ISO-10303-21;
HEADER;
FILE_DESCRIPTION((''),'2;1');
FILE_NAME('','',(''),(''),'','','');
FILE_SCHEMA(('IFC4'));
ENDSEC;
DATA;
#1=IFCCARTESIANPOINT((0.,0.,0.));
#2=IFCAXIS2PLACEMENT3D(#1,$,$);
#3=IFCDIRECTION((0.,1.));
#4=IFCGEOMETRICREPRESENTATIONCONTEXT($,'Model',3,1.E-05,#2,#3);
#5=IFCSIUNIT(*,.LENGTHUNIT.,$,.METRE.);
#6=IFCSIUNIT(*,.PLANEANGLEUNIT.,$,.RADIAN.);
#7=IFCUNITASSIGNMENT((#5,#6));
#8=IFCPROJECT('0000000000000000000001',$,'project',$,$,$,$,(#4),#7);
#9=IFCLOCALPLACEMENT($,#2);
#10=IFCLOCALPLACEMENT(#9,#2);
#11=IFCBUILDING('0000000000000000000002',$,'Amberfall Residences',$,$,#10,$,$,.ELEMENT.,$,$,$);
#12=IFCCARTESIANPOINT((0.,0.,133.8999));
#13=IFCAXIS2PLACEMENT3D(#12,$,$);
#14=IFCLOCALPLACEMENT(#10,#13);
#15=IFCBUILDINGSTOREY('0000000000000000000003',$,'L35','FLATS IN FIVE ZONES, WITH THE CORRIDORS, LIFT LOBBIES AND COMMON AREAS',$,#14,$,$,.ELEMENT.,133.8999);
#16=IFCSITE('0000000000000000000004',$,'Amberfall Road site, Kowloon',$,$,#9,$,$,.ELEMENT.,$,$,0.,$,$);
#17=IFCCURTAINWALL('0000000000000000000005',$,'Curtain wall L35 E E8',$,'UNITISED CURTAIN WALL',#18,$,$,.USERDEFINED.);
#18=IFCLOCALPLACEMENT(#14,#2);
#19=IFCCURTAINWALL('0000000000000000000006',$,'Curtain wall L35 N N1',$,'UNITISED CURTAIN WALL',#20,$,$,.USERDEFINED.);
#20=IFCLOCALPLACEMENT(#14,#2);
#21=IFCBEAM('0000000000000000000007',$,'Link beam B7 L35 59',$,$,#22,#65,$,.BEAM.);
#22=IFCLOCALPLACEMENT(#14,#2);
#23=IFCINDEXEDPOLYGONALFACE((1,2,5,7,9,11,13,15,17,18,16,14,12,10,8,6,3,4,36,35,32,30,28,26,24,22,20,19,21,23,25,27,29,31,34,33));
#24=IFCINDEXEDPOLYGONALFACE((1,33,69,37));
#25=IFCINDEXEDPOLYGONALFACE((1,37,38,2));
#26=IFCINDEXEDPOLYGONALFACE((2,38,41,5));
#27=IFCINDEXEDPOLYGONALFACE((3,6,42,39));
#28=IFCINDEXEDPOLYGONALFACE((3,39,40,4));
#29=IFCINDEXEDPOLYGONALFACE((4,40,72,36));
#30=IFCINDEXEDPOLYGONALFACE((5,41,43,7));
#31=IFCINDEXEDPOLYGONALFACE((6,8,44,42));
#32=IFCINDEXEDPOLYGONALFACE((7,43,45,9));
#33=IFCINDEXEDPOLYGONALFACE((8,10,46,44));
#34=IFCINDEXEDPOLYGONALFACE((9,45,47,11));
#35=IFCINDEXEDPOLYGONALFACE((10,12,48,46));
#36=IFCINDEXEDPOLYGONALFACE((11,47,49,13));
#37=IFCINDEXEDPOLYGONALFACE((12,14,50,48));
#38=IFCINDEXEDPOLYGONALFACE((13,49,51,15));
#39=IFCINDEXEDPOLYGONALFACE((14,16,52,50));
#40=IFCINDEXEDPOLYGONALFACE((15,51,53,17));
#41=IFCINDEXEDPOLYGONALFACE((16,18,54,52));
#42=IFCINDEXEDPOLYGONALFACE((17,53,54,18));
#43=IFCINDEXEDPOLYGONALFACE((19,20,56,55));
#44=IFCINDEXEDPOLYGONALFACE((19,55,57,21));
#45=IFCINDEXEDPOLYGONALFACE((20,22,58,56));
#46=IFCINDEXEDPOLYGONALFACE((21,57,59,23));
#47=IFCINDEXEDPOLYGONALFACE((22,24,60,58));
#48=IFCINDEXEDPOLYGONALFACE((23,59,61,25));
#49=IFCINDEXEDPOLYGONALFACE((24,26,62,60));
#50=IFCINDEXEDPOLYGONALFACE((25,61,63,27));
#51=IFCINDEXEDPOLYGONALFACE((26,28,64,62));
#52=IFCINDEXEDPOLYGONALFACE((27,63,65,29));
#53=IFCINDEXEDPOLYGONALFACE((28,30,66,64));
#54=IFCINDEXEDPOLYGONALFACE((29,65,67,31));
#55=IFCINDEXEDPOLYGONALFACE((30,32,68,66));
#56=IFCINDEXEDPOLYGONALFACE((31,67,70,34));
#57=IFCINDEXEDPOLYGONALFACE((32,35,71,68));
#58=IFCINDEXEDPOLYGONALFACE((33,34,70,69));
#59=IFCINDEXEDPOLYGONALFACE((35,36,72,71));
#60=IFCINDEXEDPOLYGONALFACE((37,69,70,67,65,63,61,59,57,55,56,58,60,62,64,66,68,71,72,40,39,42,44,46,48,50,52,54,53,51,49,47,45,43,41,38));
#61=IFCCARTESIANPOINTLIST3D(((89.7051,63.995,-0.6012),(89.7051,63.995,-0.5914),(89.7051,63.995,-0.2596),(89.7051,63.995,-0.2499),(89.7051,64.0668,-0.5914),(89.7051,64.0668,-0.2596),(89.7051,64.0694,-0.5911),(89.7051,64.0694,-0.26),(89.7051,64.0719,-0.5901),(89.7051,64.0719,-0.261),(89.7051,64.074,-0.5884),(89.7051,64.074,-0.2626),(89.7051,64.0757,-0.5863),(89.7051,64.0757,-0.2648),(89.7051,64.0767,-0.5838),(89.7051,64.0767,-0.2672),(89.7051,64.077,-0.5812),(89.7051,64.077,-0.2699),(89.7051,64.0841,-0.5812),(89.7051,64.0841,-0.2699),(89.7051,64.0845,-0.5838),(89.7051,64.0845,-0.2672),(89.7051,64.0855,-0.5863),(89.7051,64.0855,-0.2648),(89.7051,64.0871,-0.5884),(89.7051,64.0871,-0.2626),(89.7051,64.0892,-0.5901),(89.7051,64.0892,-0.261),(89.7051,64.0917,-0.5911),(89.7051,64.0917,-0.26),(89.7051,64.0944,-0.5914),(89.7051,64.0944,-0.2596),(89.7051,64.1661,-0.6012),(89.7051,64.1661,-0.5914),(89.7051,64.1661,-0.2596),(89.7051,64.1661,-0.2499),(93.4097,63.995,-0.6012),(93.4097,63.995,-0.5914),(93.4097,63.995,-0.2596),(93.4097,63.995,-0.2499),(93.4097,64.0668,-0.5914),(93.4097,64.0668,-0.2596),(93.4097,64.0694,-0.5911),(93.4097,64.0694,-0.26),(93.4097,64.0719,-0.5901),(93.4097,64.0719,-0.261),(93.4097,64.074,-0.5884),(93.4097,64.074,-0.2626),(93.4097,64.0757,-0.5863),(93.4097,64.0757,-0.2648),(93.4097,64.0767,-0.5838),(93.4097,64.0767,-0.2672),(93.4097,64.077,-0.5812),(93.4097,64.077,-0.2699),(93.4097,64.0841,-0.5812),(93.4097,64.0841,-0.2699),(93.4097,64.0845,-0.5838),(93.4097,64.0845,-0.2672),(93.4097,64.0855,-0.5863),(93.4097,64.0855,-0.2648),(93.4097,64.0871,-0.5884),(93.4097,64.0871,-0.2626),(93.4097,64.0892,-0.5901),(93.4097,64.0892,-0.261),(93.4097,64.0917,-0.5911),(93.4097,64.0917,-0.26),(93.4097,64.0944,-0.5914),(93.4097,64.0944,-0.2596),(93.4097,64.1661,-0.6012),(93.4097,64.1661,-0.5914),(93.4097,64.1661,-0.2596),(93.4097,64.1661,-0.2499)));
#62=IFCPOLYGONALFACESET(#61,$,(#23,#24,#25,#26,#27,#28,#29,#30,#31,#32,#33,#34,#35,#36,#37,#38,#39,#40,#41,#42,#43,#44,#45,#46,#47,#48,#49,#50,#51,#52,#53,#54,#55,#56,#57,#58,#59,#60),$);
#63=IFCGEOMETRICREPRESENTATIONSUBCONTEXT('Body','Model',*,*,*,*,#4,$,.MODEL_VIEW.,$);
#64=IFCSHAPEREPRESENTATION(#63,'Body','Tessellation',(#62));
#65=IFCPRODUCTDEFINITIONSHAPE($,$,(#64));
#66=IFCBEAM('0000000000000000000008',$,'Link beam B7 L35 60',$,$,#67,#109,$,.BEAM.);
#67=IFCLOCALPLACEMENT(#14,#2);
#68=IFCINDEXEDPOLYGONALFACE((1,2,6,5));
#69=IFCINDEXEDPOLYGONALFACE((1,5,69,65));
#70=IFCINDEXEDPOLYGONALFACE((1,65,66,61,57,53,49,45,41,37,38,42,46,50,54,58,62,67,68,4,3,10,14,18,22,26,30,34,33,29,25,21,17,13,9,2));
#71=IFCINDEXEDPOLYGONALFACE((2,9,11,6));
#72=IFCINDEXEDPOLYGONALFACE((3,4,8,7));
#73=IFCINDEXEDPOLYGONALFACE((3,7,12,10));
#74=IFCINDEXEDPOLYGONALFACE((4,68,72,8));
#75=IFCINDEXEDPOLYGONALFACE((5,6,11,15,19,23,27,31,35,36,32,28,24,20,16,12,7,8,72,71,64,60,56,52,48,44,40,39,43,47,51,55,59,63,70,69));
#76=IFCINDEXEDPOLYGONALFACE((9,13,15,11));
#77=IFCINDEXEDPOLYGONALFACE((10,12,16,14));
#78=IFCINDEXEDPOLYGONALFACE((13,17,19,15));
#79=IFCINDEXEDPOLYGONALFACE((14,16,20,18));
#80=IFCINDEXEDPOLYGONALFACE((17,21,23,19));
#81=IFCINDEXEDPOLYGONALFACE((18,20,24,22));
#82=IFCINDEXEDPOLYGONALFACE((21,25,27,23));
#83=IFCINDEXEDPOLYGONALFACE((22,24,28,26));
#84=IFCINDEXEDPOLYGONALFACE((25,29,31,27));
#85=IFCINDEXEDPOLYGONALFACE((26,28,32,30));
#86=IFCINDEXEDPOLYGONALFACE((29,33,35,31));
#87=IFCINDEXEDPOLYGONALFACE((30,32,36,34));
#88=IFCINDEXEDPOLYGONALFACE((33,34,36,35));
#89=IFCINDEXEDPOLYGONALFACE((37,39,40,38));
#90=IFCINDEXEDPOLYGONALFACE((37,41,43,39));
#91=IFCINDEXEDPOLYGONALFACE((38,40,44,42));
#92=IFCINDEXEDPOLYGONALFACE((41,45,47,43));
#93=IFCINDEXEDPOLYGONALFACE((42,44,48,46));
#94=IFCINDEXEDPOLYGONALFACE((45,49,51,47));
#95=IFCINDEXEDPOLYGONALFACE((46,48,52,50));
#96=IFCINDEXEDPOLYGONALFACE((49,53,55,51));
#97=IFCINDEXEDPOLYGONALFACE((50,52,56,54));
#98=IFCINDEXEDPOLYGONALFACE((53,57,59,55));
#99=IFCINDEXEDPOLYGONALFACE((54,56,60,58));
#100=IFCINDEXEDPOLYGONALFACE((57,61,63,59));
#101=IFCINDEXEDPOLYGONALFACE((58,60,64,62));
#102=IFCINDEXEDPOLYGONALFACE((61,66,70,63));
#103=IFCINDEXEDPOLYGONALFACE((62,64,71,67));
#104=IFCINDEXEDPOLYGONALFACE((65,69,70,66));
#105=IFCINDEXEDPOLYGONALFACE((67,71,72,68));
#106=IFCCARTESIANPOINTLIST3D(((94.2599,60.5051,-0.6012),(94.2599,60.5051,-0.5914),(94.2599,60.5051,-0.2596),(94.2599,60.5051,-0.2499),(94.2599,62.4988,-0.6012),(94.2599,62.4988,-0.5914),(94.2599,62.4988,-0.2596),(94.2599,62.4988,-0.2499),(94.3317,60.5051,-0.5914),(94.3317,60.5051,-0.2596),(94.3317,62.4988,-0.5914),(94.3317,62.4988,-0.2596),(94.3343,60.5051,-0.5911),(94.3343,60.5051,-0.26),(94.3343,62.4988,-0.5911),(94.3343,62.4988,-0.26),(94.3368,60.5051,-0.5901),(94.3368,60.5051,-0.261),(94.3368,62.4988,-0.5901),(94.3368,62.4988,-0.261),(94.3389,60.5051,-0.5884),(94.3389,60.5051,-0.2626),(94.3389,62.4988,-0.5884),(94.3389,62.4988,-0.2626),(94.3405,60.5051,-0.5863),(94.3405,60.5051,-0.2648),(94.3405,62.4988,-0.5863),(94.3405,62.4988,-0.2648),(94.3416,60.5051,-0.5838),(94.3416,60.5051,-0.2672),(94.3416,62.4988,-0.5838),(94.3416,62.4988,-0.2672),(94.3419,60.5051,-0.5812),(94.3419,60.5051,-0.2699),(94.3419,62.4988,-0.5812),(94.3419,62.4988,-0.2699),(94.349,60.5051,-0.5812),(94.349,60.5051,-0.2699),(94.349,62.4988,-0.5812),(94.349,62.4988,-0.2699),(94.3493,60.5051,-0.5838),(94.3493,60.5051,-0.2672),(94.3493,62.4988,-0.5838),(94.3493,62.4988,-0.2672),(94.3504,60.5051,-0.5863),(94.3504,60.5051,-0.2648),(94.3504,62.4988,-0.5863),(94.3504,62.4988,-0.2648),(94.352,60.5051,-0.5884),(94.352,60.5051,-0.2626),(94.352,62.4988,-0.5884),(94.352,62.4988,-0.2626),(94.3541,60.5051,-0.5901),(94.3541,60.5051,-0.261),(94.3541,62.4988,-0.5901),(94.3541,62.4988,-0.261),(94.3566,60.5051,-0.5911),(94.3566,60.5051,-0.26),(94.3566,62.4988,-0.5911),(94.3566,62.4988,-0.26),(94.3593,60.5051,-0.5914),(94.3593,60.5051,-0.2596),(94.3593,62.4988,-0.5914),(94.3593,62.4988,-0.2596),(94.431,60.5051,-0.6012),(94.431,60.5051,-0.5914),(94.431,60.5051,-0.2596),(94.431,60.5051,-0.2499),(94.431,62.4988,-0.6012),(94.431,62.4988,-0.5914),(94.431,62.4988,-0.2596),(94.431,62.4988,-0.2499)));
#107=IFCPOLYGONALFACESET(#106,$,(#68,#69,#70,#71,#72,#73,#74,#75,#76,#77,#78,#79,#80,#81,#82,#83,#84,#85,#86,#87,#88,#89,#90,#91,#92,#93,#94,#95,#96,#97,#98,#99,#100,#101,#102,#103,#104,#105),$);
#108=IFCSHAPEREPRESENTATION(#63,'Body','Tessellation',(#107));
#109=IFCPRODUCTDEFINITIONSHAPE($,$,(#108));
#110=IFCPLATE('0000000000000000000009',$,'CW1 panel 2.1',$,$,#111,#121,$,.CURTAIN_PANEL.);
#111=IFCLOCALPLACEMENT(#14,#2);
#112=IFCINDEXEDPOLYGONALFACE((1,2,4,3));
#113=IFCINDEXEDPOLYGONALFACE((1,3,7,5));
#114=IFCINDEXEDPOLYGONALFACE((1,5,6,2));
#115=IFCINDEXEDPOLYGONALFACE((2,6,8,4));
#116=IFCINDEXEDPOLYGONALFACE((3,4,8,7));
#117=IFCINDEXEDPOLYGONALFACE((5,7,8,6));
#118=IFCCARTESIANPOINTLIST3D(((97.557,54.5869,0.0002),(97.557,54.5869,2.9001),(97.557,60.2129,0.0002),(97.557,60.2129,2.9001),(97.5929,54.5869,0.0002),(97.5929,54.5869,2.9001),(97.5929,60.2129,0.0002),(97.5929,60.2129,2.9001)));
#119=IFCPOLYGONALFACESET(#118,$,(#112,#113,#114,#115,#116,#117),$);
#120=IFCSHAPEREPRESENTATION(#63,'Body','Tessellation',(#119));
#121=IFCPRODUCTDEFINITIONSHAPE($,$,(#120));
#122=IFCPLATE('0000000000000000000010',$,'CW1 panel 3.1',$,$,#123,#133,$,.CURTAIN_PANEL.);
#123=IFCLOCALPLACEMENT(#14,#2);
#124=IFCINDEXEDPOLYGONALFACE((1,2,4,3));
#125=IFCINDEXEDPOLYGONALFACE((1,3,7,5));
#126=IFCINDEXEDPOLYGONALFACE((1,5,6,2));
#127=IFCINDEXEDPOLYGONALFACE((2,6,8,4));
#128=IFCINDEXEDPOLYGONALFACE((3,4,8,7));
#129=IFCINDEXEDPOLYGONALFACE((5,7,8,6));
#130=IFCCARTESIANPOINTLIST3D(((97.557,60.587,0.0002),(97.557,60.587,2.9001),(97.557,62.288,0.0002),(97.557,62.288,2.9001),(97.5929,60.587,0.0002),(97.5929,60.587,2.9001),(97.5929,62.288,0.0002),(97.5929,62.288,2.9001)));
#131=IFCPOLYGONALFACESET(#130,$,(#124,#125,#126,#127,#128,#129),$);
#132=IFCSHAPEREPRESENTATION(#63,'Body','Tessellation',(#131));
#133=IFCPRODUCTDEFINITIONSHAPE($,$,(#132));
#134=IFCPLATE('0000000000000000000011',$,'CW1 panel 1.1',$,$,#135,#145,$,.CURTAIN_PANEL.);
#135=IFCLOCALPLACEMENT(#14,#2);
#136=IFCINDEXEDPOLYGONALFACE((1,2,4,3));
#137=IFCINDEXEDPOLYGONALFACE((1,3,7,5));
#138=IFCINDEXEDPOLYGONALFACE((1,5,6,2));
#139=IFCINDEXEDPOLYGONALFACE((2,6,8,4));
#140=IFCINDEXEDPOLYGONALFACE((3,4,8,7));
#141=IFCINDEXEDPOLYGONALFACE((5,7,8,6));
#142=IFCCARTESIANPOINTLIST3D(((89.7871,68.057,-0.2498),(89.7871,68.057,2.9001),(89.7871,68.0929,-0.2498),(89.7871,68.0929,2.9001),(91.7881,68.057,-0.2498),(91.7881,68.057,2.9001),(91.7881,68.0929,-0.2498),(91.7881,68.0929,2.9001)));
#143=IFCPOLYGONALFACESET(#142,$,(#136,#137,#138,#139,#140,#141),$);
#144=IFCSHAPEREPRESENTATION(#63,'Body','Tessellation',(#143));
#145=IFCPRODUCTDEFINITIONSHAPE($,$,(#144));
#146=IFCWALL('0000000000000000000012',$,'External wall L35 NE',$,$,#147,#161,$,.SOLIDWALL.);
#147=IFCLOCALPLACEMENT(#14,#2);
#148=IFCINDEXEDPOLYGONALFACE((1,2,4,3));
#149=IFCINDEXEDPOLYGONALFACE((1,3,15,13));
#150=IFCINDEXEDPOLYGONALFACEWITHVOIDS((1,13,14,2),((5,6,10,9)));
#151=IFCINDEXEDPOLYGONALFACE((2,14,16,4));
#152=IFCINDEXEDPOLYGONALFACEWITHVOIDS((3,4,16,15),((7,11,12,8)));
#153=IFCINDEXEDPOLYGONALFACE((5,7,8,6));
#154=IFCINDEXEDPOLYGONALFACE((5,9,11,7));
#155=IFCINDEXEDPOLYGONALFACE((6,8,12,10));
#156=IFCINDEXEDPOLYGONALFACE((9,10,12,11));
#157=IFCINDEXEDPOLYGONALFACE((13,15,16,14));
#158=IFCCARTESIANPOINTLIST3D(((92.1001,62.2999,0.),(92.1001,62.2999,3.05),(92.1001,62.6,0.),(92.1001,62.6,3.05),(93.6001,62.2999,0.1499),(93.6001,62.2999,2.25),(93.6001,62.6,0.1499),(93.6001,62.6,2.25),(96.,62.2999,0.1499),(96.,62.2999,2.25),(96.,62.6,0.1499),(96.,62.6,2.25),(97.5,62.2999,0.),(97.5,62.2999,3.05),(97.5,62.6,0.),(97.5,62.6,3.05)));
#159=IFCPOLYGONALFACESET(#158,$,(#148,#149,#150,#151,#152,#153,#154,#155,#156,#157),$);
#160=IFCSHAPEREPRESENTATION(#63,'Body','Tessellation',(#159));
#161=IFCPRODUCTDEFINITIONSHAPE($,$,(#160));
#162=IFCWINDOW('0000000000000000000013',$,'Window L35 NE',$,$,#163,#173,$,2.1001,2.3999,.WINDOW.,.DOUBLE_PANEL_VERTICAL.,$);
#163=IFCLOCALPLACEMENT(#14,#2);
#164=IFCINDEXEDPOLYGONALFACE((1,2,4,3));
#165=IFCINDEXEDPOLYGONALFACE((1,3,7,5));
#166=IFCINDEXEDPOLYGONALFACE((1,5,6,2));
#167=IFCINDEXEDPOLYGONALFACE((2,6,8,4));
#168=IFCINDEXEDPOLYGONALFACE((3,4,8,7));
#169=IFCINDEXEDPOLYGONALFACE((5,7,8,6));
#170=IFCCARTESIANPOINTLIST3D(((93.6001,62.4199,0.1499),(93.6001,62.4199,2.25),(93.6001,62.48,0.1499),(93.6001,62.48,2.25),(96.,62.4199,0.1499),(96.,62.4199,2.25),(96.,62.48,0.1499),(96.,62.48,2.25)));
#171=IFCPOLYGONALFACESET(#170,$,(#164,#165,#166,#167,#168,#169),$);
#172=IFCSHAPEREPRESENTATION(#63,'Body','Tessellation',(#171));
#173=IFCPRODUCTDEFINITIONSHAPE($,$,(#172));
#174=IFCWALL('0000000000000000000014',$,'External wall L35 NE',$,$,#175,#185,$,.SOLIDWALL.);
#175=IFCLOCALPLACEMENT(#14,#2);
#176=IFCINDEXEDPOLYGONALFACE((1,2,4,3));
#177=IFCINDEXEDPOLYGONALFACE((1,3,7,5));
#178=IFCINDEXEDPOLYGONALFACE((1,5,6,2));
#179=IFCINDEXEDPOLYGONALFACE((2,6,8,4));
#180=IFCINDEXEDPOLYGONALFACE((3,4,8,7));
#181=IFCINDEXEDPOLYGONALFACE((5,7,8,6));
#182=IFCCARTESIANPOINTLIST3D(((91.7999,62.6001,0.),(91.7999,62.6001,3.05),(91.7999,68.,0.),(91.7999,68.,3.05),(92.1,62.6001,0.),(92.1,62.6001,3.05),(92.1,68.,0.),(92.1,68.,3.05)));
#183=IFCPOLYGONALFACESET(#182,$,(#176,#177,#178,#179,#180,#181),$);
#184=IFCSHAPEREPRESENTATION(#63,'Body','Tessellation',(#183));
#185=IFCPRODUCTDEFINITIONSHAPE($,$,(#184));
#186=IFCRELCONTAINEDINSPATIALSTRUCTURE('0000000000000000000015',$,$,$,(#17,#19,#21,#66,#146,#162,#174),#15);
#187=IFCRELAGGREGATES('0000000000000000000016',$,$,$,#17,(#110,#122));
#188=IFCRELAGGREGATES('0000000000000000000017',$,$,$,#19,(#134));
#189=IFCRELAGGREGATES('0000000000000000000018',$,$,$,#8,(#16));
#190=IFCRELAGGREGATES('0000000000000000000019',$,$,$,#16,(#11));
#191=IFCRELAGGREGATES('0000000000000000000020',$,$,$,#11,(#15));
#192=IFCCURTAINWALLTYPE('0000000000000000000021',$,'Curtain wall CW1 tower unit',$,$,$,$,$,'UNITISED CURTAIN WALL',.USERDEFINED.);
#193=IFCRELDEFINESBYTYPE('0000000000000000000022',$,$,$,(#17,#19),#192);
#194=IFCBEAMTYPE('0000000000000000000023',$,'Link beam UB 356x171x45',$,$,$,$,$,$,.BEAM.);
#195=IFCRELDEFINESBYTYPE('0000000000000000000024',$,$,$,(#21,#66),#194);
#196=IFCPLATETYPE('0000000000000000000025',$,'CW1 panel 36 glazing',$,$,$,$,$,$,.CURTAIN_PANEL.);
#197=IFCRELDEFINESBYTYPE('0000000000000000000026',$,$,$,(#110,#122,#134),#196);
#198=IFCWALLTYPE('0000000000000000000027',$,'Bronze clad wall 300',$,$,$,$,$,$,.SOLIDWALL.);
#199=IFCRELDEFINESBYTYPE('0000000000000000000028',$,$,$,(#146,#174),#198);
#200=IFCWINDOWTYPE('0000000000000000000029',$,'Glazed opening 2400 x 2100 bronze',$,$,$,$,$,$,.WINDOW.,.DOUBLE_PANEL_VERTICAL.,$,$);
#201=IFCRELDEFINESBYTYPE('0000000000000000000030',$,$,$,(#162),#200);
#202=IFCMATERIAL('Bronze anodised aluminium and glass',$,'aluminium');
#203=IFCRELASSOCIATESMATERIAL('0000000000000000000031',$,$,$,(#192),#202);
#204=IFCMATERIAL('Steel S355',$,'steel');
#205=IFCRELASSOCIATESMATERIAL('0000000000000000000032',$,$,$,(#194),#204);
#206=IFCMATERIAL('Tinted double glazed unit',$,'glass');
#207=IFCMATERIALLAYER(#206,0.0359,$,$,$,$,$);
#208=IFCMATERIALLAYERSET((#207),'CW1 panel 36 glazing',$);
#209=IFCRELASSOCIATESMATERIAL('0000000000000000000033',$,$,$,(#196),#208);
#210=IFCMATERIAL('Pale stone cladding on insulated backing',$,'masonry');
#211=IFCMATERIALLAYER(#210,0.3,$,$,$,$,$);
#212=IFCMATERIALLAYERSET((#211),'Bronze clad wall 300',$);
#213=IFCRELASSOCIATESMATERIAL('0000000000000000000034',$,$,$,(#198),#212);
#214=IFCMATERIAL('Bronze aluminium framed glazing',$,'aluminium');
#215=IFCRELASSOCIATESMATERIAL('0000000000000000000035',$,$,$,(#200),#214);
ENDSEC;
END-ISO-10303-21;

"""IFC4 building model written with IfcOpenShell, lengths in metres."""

from ifc_helpers import new_model, si_unit, direction, frame, frame_2d, origin, origin_2d, place, context, subcontext, project, spatial, rectangle, i_section, extrude, material, layer, layer_set, material_profile, profile_set, type_object, element, fill, aggregate, save


model = new_model("IFC4")

# Units and contexts
model_context = context("Model", 3, precision=1e-05, world=origin(), true_north=direction((0.0, 1.0)))
body_context = subcontext(model_context, "Body", "Model", "MODEL_VIEW")
ifc_project = project(units=[si_unit("LENGTHUNIT", "METRE"), si_unit("PLANEANGLEUNIT", "RADIAN")], contexts=[model_context])

# Site, building, storey
site_placement = place(None, origin())
site = spatial("IfcSite", under=ifc_project, at=site_placement, Name="Amberfall Road site, Kowloon", CompositionType="ELEMENT", RefElevation=0.0)
building_placement = place(site_placement, origin())
building = spatial("IfcBuilding", under=site, at=building_placement, Name="Amberfall Residences", CompositionType="ELEMENT")
storey_placement = place(building_placement, frame((0.0, 0.0, 133.8999)))
storey = spatial("IfcBuildingStorey", under=building, at=storey_placement, Name="L35", Description="FLATS IN FIVE ZONES, WITH THE CORRIDORS, LIFT LOBBIES AND COMMON AREAS", CompositionType="ELEMENT", Elevation=133.8999)

# Shared definitions
ifc_material_1 = material(Name="Steel S355", Category="steel")

# Curtain walls
ifc_material_2 = material(Name="Bronze anodised aluminium and glass", Category="aluminium")
curtain_wall_type = type_object("IfcCurtainWallType", Name="Curtain wall CW1 tower unit", ElementType="UNITISED CURTAIN WALL", PredefinedType="USERDEFINED", material=ifc_material_2)
curtain_wall_1_placement = place(storey_placement, origin())
curtain_wall_1 = element("IfcCurtainWall", 1, at=curtain_wall_1_placement, inside=storey, type_object=curtain_wall_type, Name="Curtain wall L35 E E8", ObjectType="UNITISED CURTAIN WALL", PredefinedType="USERDEFINED")
curtain_wall_2_placement = place(storey_placement, origin())
curtain_wall_2 = element("IfcCurtainWall", 2, at=curtain_wall_2_placement, inside=storey, type_object=curtain_wall_type, Name="Curtain wall L35 N N1", ObjectType="UNITISED CURTAIN WALL", PredefinedType="USERDEFINED")

# Beams
ifc_material_profile_1 = material_profile(ifc_material_1, i_section(OverallWidth=0.1711, OverallDepth=0.3513, WebThickness=0.0071, FlangeThickness=0.0098, FilletRadius=0.0103, at=origin_2d()), Name="UB 356x171x45")
ifc_profile_set_1 = profile_set([ifc_material_profile_1], Name="Steel S355")
beam_type_1 = type_object("IfcBeamType", Name="Link beam UB 356x171x45", PredefinedType="BEAM", material=ifc_profile_set_1)
beam_1_placement = place(storey_placement, frame((93.4097, 64.0806, -0.4255), z_axis=(-1.0, 0.0, 0.0), x_axis=(0.0, -1.0, 0.0)))
element("IfcBeam", 3, at=beam_1_placement, inside=storey, type_object=beam_type_1, Name="Link beam B7 L35 59", PredefinedType="BEAM", context=body_context, shape_type="SweptSolid", body=[
    extrude(i_section(OverallWidth=0.1711, OverallDepth=0.3513, WebThickness=0.0071, FlangeThickness=0.0098, FilletRadius=0.0103, at=origin_2d()), origin(), (0.0, 0.0, 1.0), 3.7046),
])
beam_2_placement = place(storey_placement, frame((94.3455, 62.4988, -0.4255), z_axis=(0.0, -1.0, 0.0), x_axis=(1.0, 0.0, 0.0)))
element("IfcBeam", 4, at=beam_2_placement, inside=storey, type_object=beam_type_1, Name="Link beam B7 L35 60", PredefinedType="BEAM", context=body_context, shape_type="SweptSolid", body=[
    extrude(i_section(OverallWidth=0.1711, OverallDepth=0.3513, WebThickness=0.0071, FlangeThickness=0.0098, FilletRadius=0.0103, at=origin_2d()), origin(), (0.0, 0.0, 1.0), 1.9937),
])

# Plates
ifc_material_3 = material(Name="Tinted double glazed unit", Category="glass")
ifc_layer_1 = layer(ifc_material_3, 0.0359)
ifc_layer_set_1 = layer_set([ifc_layer_1], Name="CW1 panel 36 glazing")
plate_type = type_object("IfcPlateType", Name="CW1 panel 36 glazing", PredefinedType="CURTAIN_PANEL", material=ifc_layer_set_1)
plate_1_placement = place(storey_placement, frame((97.575, 57.3999, 0.0002), z_axis=(0.0, 0.0, 1.0), x_axis=(0.0, 1.0, 0.0)))
plate_1 = element("IfcPlate", 5, at=plate_1_placement, type_object=plate_type, Name="CW1 panel 2.1", PredefinedType="CURTAIN_PANEL", context=body_context, shape_type="SweptSolid", body=[
    extrude(rectangle(XDim=5.626, YDim=0.0359, at=origin_2d()), origin(), (0.0, 0.0, 1.0), 2.8999),
])
plate_2_placement = place(storey_placement, frame((97.575, 61.4375, 0.0002), z_axis=(0.0, 0.0, 1.0), x_axis=(0.0, 1.0, 0.0)))
plate_2 = element("IfcPlate", 6, at=plate_2_placement, type_object=plate_type, Name="CW1 panel 3.1", PredefinedType="CURTAIN_PANEL", context=body_context, shape_type="SweptSolid", body=[
    extrude(rectangle(XDim=1.7009, YDim=0.0359, at=origin_2d()), origin(), (0.0, 0.0, 1.0), 2.8999),
])
aggregate(curtain_wall_1, [plate_1, plate_2])
plate_3_placement = place(storey_placement, frame((90.7876, 68.075, -0.2498), z_axis=(0.0, 0.0, 1.0), x_axis=(-1.0, 0.0, 0.0)))
plate_3 = element("IfcPlate", 7, at=plate_3_placement, type_object=plate_type, Name="CW1 panel 1.1", PredefinedType="CURTAIN_PANEL", context=body_context, shape_type="SweptSolid", body=[
    extrude(rectangle(XDim=2.001, YDim=0.0359, at=origin_2d()), origin(), (0.0, 0.0, 1.0), 3.1499),
])
aggregate(curtain_wall_2, [plate_3])

# Wall, opening, window
ifc_material_4 = material(Name="Pale stone cladding on insulated backing", Category="masonry")
ifc_layer_2 = layer(ifc_material_4, 0.3)
ifc_layer_set_2 = layer_set([ifc_layer_2], Name="Bronze clad wall 300")
wall_type_1 = type_object("IfcWallType", Name="Bronze clad wall 300", PredefinedType="SOLIDWALL", material=ifc_layer_set_2)
wall_1_placement = place(storey_placement, frame((97.5, 62.45, 0.0), z_axis=(0.0, 0.0, 1.0), x_axis=(-1.0, 0.0, 0.0)))
wall_1 = element("IfcWall", 8, at=wall_1_placement, inside=storey, type_object=wall_type_1, Name="External wall L35 NE", PredefinedType="SOLIDWALL", context=body_context, shape_type="SweptSolid", body=[
    extrude(rectangle(XDim=5.3999, YDim=0.3, at=frame_2d((2.7, 0.0))), origin(), (0.0, 0.0, 1.0), 3.05),
])
opening_placement = place(wall_1_placement, frame((1.5, 0.0, 0.1499)))
opening = element("IfcOpeningElement", 9, at=opening_placement, cuts=wall_1, PredefinedType="OPENING", context=body_context, shape_type="SweptSolid", body=[
    extrude(rectangle(XDim=2.3999, YDim=2.1001, at=frame_2d((1.2, 1.05))), frame((0.0, 0.1599, 0.0), z_axis=(0.0, -1.0, 0.0), x_axis=(1.0, 0.0, 0.0)), (0.0, 0.0, 1.0), 0.3201),
])
ifc_material_5 = material(Name="Bronze aluminium framed glazing", Category="aluminium")
window_type = type_object("IfcWindowType", Name="Glazed opening 2400 x 2100 bronze", PartitioningType="DOUBLE_PANEL_VERTICAL", PredefinedType="WINDOW", material=ifc_material_5)
window_placement = place(opening_placement, origin())
window = element("IfcWindow", 10, at=window_placement, inside=storey, type_object=window_type, Name="Window L35 NE", OverallHeight=2.1001, OverallWidth=2.3999, PartitioningType="DOUBLE_PANEL_VERTICAL", PredefinedType="WINDOW", context=body_context, shape_type="SweptSolid", body=[
    extrude(rectangle(XDim=2.3999, YDim=2.1001, at=frame_2d((1.2, 1.05))), frame((0.0, 0.03, 0.0), z_axis=(0.0, -1.0, 0.0), x_axis=(1.0, 0.0, 0.0)), (0.0, 0.0, 1.0), 0.0601),
])
fill(opening, window)

# Wall
wall_2_placement = place(storey_placement, frame((91.95, 62.6001, 0.0), z_axis=(0.0, 0.0, 1.0), x_axis=(0.0, 1.0, 0.0)))
element("IfcWall", 11, at=wall_2_placement, inside=storey, type_object=wall_type_1, Name="External wall L35 NE", PredefinedType="SOLIDWALL", context=body_context, shape_type="SweptSolid", body=[
    extrude(rectangle(XDim=5.3999, YDim=0.3, at=frame_2d((2.7, 0.0))), origin(), (0.0, 0.0, 1.0), 3.05),
])

save(model, "model.ifc")
